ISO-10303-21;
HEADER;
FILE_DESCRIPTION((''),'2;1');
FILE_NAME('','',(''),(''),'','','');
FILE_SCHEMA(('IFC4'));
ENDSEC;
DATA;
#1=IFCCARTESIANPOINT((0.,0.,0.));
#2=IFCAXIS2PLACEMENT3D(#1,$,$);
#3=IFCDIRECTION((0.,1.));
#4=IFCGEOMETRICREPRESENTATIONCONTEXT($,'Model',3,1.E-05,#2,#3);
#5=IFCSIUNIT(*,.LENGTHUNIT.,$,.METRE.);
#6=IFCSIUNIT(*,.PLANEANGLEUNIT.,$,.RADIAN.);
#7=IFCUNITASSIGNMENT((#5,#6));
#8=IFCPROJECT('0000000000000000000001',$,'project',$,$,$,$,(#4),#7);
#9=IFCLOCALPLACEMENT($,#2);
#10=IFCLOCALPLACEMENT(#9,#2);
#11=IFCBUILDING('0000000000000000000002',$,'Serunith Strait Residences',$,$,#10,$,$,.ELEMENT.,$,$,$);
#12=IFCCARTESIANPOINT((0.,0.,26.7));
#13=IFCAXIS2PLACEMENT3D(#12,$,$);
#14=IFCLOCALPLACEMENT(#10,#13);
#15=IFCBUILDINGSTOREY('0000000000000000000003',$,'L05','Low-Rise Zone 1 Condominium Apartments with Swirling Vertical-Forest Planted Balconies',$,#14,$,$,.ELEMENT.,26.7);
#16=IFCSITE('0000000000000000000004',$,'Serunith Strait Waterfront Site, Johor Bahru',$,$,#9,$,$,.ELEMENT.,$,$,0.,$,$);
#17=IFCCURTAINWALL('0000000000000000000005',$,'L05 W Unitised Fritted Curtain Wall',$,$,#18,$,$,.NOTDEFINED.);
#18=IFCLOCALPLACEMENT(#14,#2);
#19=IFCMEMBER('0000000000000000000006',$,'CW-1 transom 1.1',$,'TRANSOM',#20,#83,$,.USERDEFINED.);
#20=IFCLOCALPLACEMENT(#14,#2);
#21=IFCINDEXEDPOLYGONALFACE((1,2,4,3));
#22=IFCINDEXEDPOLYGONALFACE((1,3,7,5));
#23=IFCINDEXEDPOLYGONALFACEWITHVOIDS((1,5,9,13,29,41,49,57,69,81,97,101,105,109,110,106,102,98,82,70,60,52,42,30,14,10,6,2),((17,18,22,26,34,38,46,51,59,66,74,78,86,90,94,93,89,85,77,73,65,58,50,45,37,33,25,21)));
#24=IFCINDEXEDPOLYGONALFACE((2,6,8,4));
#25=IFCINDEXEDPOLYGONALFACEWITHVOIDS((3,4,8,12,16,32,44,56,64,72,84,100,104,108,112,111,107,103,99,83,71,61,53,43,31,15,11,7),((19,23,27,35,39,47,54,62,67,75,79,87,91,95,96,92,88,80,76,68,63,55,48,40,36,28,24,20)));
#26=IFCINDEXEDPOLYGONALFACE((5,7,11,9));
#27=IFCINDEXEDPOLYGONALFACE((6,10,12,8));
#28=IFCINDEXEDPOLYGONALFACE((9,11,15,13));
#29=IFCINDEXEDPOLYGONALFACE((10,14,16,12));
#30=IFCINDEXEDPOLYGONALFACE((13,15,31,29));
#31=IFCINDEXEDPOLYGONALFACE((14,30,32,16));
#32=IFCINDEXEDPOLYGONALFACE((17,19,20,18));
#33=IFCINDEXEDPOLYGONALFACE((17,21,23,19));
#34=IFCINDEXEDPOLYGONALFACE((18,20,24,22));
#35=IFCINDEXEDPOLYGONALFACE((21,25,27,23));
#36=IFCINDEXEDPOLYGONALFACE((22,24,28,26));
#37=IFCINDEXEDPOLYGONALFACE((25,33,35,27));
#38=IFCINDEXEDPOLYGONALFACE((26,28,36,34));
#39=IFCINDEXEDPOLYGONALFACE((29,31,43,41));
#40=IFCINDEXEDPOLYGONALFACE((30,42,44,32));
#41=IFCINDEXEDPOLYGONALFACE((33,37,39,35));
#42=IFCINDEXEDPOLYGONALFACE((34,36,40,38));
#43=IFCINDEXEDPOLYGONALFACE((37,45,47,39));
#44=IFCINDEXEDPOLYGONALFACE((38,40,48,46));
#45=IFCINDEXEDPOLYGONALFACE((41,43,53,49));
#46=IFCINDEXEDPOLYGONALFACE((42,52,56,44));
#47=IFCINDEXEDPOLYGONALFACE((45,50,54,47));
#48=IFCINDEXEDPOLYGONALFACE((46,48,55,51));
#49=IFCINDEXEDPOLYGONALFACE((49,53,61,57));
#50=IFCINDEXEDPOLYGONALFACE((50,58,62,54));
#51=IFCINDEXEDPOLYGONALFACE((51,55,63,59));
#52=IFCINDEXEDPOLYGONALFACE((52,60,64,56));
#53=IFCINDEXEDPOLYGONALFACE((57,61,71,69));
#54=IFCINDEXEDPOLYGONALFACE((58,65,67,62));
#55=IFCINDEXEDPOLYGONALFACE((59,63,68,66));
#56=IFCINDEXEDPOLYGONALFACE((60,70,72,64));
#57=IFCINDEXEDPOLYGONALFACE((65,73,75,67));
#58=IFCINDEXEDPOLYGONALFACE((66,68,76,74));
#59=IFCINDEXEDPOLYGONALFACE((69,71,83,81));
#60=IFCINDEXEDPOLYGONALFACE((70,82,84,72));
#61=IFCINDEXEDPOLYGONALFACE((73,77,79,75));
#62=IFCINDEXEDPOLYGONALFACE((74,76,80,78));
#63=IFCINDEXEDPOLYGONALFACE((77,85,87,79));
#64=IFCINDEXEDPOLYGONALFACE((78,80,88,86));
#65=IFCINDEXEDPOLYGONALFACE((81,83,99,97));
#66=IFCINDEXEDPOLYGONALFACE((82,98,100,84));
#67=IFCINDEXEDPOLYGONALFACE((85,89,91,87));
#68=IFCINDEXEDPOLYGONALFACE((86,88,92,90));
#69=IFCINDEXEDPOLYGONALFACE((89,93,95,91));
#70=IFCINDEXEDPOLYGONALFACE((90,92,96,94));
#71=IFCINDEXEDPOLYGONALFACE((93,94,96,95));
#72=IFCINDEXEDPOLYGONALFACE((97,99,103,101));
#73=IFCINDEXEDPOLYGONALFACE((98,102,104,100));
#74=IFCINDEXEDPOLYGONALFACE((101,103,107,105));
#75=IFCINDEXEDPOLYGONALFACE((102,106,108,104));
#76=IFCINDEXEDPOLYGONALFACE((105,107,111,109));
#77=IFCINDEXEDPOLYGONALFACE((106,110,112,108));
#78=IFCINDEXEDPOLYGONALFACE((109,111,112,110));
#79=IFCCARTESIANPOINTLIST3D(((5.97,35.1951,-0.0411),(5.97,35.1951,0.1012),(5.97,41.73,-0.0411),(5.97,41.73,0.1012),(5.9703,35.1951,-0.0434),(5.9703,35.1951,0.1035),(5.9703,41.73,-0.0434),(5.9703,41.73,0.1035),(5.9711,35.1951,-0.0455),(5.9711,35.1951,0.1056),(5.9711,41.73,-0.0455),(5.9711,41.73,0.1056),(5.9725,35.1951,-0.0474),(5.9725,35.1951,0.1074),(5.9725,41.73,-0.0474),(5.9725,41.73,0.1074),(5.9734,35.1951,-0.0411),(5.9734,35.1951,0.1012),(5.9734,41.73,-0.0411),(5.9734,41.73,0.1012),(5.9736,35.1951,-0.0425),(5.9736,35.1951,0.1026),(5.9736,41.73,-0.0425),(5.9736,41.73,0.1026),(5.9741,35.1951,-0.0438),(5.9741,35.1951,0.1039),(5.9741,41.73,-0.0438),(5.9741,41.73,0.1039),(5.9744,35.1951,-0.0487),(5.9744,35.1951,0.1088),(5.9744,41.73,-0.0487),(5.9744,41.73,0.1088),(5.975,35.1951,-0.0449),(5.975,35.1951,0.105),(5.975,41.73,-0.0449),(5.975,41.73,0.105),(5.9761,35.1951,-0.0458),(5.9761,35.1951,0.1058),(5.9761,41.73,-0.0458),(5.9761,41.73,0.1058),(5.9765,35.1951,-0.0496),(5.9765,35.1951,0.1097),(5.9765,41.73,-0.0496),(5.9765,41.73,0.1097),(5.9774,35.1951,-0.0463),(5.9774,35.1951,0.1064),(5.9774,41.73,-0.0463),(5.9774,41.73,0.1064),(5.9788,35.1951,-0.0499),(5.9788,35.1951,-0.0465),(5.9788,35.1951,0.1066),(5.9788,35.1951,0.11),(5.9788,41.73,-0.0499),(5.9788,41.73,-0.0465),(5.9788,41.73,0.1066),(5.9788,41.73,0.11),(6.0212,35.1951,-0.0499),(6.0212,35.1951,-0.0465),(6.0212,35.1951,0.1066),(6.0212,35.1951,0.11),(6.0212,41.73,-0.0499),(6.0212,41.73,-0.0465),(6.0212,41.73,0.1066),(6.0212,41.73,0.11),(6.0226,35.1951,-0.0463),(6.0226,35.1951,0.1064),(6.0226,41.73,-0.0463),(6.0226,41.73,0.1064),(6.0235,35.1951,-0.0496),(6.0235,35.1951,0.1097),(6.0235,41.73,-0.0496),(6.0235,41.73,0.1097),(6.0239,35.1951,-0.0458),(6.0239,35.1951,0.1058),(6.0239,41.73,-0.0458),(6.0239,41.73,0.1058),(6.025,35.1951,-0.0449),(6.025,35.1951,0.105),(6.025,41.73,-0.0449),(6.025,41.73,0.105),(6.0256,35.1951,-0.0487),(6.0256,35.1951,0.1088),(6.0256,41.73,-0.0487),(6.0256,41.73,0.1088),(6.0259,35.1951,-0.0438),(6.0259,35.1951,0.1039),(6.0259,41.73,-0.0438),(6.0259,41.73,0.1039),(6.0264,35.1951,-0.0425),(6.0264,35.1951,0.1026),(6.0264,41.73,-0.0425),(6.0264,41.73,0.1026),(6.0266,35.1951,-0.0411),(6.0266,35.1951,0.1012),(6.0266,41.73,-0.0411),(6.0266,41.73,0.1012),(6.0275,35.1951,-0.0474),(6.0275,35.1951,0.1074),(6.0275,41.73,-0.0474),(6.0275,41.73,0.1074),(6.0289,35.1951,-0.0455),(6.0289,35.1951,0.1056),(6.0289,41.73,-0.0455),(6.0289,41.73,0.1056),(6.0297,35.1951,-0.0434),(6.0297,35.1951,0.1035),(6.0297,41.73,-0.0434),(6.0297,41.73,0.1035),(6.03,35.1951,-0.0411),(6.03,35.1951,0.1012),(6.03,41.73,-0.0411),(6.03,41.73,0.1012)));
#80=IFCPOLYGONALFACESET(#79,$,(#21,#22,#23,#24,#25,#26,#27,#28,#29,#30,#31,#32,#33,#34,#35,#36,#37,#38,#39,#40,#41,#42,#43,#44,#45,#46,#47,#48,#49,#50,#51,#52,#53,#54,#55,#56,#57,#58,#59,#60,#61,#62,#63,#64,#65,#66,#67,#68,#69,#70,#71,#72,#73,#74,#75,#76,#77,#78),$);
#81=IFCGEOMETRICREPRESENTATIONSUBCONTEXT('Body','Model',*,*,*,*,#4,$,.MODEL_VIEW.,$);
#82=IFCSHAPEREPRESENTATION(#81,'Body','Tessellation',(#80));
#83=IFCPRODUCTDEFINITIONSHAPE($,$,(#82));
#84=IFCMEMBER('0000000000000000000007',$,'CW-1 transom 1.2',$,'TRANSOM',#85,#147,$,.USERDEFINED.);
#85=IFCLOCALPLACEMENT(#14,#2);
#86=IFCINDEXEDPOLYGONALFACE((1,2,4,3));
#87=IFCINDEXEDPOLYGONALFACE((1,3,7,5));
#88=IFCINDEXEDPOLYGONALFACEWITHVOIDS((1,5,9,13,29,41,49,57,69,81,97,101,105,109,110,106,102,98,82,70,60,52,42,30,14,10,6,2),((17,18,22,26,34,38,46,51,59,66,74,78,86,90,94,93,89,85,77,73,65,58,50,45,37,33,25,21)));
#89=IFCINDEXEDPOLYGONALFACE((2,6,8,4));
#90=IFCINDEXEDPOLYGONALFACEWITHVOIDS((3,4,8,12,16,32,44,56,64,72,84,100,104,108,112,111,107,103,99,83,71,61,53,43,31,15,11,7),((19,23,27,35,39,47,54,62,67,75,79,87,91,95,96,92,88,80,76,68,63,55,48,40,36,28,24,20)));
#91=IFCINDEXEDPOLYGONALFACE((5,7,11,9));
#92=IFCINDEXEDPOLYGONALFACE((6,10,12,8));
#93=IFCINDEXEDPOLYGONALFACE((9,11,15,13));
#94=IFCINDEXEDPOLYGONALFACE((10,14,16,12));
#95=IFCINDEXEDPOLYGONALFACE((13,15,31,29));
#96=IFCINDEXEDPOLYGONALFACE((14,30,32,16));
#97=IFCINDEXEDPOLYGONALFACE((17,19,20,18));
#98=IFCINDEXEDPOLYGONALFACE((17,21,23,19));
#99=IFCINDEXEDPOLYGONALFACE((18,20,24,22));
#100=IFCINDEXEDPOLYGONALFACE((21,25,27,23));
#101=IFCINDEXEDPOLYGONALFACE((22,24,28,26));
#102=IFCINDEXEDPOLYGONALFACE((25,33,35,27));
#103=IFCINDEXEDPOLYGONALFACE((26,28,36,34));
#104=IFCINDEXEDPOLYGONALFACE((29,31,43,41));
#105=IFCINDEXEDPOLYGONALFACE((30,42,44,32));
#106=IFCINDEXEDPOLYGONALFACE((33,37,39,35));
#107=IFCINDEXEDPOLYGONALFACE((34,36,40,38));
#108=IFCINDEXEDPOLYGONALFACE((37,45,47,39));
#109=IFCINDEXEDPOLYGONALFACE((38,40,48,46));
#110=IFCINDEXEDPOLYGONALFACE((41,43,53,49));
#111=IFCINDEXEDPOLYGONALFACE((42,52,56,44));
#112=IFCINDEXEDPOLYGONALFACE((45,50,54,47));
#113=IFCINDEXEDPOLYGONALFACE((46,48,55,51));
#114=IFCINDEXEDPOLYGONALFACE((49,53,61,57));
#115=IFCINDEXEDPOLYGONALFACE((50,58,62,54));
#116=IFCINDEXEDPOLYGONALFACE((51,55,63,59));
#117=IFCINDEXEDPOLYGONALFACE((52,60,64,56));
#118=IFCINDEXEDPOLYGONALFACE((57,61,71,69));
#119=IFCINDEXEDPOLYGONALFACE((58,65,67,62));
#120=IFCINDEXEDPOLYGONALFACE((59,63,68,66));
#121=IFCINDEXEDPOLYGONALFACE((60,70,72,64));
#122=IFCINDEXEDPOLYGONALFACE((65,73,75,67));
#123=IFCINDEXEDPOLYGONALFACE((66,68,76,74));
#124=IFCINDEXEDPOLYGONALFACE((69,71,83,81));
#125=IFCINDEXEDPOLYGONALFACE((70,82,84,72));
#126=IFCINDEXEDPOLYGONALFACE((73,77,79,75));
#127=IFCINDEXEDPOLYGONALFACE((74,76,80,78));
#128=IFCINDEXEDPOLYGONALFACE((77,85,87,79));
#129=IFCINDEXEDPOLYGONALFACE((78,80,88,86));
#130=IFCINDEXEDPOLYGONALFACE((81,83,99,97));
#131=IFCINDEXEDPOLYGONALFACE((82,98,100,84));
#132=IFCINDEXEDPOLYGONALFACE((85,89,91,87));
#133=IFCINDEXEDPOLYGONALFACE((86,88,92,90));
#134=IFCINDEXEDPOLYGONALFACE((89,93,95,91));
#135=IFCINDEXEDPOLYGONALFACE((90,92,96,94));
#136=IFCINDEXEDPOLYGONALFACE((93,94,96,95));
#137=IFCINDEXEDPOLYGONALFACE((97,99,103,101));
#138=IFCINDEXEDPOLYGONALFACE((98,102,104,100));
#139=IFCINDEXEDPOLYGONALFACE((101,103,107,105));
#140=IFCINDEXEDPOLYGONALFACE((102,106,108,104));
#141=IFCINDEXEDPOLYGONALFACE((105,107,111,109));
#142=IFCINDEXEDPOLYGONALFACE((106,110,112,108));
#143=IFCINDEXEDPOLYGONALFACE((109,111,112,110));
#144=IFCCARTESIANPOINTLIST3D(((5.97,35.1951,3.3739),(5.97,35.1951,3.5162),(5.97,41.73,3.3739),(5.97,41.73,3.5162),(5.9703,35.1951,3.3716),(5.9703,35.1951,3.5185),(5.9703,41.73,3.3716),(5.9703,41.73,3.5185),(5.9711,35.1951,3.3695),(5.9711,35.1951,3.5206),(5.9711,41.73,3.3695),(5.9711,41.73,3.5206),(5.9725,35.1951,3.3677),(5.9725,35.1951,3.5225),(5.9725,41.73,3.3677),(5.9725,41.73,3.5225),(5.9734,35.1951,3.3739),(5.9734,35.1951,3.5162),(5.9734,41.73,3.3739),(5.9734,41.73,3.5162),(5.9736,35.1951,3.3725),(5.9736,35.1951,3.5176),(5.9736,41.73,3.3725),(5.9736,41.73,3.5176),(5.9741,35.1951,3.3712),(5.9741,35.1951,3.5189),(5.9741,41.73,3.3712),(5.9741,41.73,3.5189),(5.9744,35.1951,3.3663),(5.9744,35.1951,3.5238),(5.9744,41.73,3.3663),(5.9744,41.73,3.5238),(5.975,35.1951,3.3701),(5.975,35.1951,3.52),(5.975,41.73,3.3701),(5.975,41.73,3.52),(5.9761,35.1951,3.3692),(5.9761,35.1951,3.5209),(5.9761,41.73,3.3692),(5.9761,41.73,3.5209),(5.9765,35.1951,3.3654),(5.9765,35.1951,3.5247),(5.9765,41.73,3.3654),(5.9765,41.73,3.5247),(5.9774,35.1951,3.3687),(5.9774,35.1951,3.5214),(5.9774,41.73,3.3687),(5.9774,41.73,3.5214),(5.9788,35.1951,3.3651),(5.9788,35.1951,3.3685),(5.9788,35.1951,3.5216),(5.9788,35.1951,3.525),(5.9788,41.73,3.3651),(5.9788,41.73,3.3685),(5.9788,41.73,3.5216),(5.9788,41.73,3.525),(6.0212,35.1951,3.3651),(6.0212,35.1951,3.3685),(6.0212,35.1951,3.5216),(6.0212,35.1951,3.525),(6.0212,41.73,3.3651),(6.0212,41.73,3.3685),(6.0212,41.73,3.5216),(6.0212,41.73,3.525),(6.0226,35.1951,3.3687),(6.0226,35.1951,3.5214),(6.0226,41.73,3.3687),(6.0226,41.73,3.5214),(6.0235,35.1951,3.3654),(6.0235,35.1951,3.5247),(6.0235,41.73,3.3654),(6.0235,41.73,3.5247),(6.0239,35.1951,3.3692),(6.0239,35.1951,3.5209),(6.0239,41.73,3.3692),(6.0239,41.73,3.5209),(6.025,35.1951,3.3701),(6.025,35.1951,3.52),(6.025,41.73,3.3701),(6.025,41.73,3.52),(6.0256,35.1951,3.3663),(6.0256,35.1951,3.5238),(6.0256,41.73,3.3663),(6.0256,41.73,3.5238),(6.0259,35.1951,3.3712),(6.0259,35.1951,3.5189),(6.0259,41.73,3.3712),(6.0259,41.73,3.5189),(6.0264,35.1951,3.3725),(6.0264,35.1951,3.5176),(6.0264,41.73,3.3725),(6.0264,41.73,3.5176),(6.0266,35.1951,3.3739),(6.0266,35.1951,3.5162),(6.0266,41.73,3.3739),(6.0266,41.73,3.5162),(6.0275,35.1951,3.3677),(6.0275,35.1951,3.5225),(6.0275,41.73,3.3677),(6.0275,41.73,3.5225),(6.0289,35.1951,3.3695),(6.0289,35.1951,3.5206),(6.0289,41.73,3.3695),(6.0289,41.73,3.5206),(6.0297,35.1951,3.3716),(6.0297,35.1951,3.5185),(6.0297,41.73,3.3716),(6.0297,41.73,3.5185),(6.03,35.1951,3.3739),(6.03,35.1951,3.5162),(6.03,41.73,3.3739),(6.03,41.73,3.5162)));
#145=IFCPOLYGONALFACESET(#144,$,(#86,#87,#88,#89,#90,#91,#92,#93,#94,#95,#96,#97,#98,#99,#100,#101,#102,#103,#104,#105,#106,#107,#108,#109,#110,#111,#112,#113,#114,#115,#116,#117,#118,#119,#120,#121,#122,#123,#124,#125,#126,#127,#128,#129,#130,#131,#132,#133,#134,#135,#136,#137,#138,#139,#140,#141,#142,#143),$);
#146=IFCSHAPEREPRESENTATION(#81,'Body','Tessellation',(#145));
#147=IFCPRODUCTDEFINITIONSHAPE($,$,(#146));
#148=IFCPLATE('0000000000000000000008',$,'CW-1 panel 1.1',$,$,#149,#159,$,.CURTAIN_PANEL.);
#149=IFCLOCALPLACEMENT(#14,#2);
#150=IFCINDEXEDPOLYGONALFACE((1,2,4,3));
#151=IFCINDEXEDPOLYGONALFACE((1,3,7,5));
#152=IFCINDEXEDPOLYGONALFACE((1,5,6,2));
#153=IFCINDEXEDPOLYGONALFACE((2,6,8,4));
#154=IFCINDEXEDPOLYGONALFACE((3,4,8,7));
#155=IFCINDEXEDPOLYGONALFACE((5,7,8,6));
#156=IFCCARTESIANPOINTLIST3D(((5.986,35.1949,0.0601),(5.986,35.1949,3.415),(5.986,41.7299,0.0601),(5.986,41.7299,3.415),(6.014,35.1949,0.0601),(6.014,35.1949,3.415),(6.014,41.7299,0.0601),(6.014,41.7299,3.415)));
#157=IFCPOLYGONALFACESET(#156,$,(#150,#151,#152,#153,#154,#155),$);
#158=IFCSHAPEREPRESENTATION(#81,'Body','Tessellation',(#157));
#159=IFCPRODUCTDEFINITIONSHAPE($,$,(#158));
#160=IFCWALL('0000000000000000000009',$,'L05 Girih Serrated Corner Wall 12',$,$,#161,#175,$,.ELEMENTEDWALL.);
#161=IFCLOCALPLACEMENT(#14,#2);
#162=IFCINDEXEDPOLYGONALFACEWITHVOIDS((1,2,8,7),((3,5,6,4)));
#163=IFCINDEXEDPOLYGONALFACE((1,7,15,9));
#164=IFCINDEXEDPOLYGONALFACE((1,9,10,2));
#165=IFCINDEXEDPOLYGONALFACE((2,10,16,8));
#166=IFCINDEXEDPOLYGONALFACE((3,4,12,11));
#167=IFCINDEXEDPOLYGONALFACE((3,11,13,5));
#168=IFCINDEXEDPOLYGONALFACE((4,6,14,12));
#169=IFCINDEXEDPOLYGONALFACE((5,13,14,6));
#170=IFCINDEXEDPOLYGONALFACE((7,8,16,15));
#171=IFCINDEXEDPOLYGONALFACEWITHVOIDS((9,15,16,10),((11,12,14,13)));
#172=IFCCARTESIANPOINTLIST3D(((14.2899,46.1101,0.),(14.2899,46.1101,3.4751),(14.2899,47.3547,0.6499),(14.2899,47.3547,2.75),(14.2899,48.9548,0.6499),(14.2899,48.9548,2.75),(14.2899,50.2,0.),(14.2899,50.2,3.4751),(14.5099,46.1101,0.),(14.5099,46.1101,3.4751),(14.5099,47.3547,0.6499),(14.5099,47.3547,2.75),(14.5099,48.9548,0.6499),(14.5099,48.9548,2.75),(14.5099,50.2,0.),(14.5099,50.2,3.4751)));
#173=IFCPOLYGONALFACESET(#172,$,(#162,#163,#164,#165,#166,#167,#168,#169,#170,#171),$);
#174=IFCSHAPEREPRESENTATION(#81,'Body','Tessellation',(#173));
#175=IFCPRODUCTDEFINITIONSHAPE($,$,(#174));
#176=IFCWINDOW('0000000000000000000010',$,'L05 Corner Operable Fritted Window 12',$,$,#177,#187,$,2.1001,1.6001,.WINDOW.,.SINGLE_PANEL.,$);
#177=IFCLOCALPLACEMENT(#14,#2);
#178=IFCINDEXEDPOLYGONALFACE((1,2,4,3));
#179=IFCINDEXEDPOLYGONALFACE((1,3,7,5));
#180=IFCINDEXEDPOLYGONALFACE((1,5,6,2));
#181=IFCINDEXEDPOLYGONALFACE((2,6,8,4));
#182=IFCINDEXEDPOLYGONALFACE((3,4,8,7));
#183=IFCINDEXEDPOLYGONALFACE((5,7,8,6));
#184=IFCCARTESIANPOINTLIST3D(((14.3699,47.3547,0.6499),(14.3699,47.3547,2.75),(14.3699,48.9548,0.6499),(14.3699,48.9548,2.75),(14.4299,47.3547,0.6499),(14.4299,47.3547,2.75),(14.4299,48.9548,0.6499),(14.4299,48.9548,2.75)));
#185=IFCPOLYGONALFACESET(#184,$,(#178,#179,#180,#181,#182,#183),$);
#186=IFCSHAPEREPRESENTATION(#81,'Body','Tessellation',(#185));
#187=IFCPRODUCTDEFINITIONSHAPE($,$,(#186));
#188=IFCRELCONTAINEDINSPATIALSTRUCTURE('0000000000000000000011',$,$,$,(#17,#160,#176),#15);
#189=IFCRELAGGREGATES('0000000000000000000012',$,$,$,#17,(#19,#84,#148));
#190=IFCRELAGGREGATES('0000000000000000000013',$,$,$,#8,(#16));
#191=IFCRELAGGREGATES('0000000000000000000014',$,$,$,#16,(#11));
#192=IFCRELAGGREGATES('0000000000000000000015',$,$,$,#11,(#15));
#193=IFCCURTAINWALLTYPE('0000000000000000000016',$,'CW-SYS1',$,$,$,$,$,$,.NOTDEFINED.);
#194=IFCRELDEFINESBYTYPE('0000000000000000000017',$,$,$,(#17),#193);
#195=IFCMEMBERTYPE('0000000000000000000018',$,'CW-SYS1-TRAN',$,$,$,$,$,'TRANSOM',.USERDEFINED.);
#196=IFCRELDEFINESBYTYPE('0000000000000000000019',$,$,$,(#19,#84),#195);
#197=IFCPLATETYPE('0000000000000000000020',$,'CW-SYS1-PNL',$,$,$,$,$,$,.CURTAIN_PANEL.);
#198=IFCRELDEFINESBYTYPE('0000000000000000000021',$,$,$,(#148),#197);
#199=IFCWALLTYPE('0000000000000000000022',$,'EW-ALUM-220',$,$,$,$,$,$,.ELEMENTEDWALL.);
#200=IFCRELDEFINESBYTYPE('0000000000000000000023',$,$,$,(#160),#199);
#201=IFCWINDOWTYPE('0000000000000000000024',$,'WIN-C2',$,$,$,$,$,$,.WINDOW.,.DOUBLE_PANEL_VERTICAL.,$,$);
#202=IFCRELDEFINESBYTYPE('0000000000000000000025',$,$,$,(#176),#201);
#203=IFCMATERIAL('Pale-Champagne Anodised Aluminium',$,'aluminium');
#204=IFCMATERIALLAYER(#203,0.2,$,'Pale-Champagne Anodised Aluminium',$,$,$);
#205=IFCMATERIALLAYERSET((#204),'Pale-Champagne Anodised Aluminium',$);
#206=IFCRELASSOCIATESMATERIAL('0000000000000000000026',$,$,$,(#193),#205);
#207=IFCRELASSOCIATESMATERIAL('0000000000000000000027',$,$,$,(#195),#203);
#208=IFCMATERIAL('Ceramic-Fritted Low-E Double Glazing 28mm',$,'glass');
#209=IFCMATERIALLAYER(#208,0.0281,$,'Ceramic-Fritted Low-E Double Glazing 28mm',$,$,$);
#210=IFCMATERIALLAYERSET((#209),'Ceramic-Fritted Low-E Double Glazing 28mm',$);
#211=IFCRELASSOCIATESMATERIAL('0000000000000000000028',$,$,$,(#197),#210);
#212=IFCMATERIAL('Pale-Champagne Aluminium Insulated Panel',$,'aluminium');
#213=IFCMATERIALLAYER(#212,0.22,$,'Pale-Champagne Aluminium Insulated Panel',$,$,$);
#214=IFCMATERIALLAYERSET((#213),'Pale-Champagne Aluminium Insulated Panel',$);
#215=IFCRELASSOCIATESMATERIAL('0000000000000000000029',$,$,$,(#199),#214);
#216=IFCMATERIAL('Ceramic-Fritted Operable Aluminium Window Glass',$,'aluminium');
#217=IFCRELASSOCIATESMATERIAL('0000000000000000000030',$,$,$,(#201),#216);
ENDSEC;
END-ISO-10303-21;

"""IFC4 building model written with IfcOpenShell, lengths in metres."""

from ifc_helpers import new_model, si_unit, direction, frame, frame_2d, origin, origin_2d, place, context, subcontext, project, spatial, rectangle, hollow_rectangle, extrude, source, transform, mapped, material, layer, layer_set, material_profile, profile_set, type_object, element, fill, aggregate, save


model = new_model("IFC4")

# Units and contexts
model_context = context("Model", 3, precision=1e-05, world=origin(), true_north=direction((0.0, 1.0)))
body_context = subcontext(model_context, "Body", "Model", "MODEL_VIEW")
ifc_project = project(units=[si_unit("LENGTHUNIT", "METRE"), si_unit("PLANEANGLEUNIT", "RADIAN")], contexts=[model_context])

# Site, building, storey
site_placement = place(None, origin())
site = spatial("IfcSite", under=ifc_project, at=site_placement, Name="Serunith Strait Waterfront Site, Johor Bahru", CompositionType="ELEMENT", RefElevation=0.0)
building_placement = place(site_placement, origin())
building = spatial("IfcBuilding", under=site, at=building_placement, Name="Serunith Strait Residences", CompositionType="ELEMENT")
storey_placement = place(building_placement, frame((0.0, 0.0, 26.7)))
storey = spatial("IfcBuildingStorey", under=building, at=storey_placement, Name="L05", Description="Low-Rise Zone 1 Condominium Apartments with Swirling Vertical-Forest Planted Balconies", CompositionType="ELEMENT", Elevation=26.7)

# Shared definitions
ifc_material_1 = material(Name="Pale-Champagne Anodised Aluminium", Category="aluminium")
ifc_layer_1 = layer(ifc_material_1, 0.2, Name="Pale-Champagne Anodised Aluminium")
ifc_layer_set_1 = layer_set([ifc_layer_1], Name="Pale-Champagne Anodised Aluminium")
curtain_wall_type = type_object("IfcCurtainWallType", Name="CW-SYS1", PredefinedType="NOTDEFINED", material=ifc_layer_set_1)

# Curtain wall, members, plate
curtain_wall_1_placement = place(storey_placement, origin())
curtain_wall_1 = element("IfcCurtainWall", 1, at=curtain_wall_1_placement, inside=storey, type_object=curtain_wall_type, Name="L05 W Unitised Fritted Curtain Wall", PredefinedType="NOTDEFINED")
ifc_material_profile_1 = material_profile(ifc_material_1, hollow_rectangle(XDim=0.0601, YDim=0.1599, WallThickness=0.0034, InnerFilletRadius=0.0054, OuterFilletRadius=0.0088, at=origin_2d()), Name="ALU 160x60x3.5")
ifc_profile_set_1 = profile_set([ifc_material_profile_1], Name="Pale-Champagne Anodised Aluminium")
member_type_1 = type_object("IfcMemberType", Name="CW-SYS1-TRAN", ElementType="TRANSOM", PredefinedType="USERDEFINED", material=ifc_profile_set_1)
shared_shape_1 = source(origin(), body_context, "Body", "SweptSolid", [
    extrude(hollow_rectangle(XDim=0.0601, YDim=0.1599, WallThickness=0.0034, InnerFilletRadius=0.0054, OuterFilletRadius=0.0088, at=origin_2d()), origin(), (0.0, 0.0, 1.0), 6.5349),
])
member_1_placement = place(storey_placement, frame((6.0, 41.73, 0.03), z_axis=(0.0, -1.0, 0.0), x_axis=(1.0, 0.0, 0.0)))
member_1 = element("IfcMember", 2, at=member_1_placement, type_object=member_type_1, Name="CW-1 transom 1.1", ObjectType="TRANSOM", PredefinedType="USERDEFINED", context=body_context, shape_type="MappedRepresentation", body=[
    mapped(shared_shape_1, transform((0.0, 0.0, 0.0), scale=1.0)),
])
member_2_placement = place(storey_placement, frame((6.0, 41.73, 3.4451), z_axis=(0.0, -1.0, 0.0), x_axis=(1.0, 0.0, 0.0)))
member_2 = element("IfcMember", 3, at=member_2_placement, type_object=member_type_1, Name="CW-1 transom 1.2", ObjectType="TRANSOM", PredefinedType="USERDEFINED", context=body_context, shape_type="MappedRepresentation", body=[
    mapped(shared_shape_1, transform((0.0, 0.0, 0.0), scale=1.0)),
])
ifc_material_2 = material(Name="Ceramic-Fritted Low-E Double Glazing 28mm", Category="glass")
ifc_layer_2 = layer(ifc_material_2, 0.0281, Name="Ceramic-Fritted Low-E Double Glazing 28mm")
ifc_layer_set_2 = layer_set([ifc_layer_2], Name="Ceramic-Fritted Low-E Double Glazing 28mm")
plate_type = type_object("IfcPlateType", Name="CW-SYS1-PNL", PredefinedType="CURTAIN_PANEL", material=ifc_layer_set_2)
shared_shape_2 = source(origin(), body_context, "Body", "SweptSolid", [
    extrude(rectangle(XDim=6.5349, YDim=0.0281, at=origin_2d()), origin(), (0.0, 0.0, 1.0), 3.355),
])
plate_placement = place(storey_placement, frame((6.0, 38.4624, 0.0601), z_axis=(0.0, 0.0, 1.0), x_axis=(0.0, -1.0, 0.0)))
plate = element("IfcPlate", 4, at=plate_placement, type_object=plate_type, Name="CW-1 panel 1.1", PredefinedType="CURTAIN_PANEL", context=body_context, shape_type="MappedRepresentation", body=[
    mapped(shared_shape_2, transform((0.0, 0.0, 0.0), scale=1.0)),
])
aggregate(curtain_wall_1, [member_1, member_2, plate])

# Wall, opening, window
ifc_material_3 = material(Name="Pale-Champagne Aluminium Insulated Panel", Category="aluminium")
ifc_layer_3 = layer(ifc_material_3, 0.22, Name="Pale-Champagne Aluminium Insulated Panel")
ifc_layer_set_3 = layer_set([ifc_layer_3], Name="Pale-Champagne Aluminium Insulated Panel")
wall_type_1 = type_object("IfcWallType", Name="EW-ALUM-220", PredefinedType="ELEMENTEDWALL", material=ifc_layer_set_3)
wall_1_placement = place(storey_placement, frame((14.3999, 50.2, 0.0), z_axis=(0.0, 0.0, 1.0), x_axis=(0.0, -1.0, 0.0)))
wall_1 = element("IfcWall", 5, at=wall_1_placement, inside=storey, type_object=wall_type_1, Name="L05 Girih Serrated Corner Wall 12", PredefinedType="ELEMENTEDWALL", context=body_context, shape_type="SweptSolid", body=[
    extrude(rectangle(XDim=4.0898, YDim=0.22, at=frame_2d((2.0449, 0.0))), origin(), (0.0, 0.0, 1.0), 3.4751),
])
opening_1_placement = place(wall_1_placement, frame((1.2451, 0.0, 0.6499)))
opening_1 = element("IfcOpeningElement", 6, at=opening_1_placement, cuts=wall_1, PredefinedType="OPENING", context=body_context, shape_type="SweptSolid", body=[
    extrude(rectangle(XDim=1.6001, YDim=2.1001, at=frame_2d((0.8, 1.05))), frame((0.0, 0.1201, 0.0), z_axis=(0.0, -1.0, 0.0), x_axis=(1.0, 0.0, 0.0)), (0.0, 0.0, 1.0), 0.24),
])
ifc_material_4 = material(Name="Ceramic-Fritted Operable Aluminium Window Glass", Category="aluminium")
window_type = type_object("IfcWindowType", Name="WIN-C2", PartitioningType="DOUBLE_PANEL_VERTICAL", PredefinedType="WINDOW", material=ifc_material_4)
shared_shape_3 = source(origin(), body_context, "Body", "SweptSolid", [
    extrude(rectangle(XDim=1.6001, YDim=2.1001, at=frame_2d((0.8, 1.05))), frame((0.0, 0.03, 0.0), z_axis=(0.0, -1.0, 0.0), x_axis=(1.0, 0.0, 0.0)), (0.0, 0.0, 1.0), 0.0601),
])
window_1_placement = place(opening_1_placement, origin())
window_1 = element("IfcWindow", 7, at=window_1_placement, inside=storey, type_object=window_type, Name="L05 Corner Operable Fritted Window 12", OverallHeight=2.1001, OverallWidth=1.6001, PartitioningType="SINGLE_PANEL", PredefinedType="WINDOW", context=body_context, shape_type="MappedRepresentation", body=[
    mapped(shared_shape_3, transform((0.0, 0.0, 0.0), scale=1.0)),
])
fill(opening_1, window_1)

save(model, "model.ifc")
